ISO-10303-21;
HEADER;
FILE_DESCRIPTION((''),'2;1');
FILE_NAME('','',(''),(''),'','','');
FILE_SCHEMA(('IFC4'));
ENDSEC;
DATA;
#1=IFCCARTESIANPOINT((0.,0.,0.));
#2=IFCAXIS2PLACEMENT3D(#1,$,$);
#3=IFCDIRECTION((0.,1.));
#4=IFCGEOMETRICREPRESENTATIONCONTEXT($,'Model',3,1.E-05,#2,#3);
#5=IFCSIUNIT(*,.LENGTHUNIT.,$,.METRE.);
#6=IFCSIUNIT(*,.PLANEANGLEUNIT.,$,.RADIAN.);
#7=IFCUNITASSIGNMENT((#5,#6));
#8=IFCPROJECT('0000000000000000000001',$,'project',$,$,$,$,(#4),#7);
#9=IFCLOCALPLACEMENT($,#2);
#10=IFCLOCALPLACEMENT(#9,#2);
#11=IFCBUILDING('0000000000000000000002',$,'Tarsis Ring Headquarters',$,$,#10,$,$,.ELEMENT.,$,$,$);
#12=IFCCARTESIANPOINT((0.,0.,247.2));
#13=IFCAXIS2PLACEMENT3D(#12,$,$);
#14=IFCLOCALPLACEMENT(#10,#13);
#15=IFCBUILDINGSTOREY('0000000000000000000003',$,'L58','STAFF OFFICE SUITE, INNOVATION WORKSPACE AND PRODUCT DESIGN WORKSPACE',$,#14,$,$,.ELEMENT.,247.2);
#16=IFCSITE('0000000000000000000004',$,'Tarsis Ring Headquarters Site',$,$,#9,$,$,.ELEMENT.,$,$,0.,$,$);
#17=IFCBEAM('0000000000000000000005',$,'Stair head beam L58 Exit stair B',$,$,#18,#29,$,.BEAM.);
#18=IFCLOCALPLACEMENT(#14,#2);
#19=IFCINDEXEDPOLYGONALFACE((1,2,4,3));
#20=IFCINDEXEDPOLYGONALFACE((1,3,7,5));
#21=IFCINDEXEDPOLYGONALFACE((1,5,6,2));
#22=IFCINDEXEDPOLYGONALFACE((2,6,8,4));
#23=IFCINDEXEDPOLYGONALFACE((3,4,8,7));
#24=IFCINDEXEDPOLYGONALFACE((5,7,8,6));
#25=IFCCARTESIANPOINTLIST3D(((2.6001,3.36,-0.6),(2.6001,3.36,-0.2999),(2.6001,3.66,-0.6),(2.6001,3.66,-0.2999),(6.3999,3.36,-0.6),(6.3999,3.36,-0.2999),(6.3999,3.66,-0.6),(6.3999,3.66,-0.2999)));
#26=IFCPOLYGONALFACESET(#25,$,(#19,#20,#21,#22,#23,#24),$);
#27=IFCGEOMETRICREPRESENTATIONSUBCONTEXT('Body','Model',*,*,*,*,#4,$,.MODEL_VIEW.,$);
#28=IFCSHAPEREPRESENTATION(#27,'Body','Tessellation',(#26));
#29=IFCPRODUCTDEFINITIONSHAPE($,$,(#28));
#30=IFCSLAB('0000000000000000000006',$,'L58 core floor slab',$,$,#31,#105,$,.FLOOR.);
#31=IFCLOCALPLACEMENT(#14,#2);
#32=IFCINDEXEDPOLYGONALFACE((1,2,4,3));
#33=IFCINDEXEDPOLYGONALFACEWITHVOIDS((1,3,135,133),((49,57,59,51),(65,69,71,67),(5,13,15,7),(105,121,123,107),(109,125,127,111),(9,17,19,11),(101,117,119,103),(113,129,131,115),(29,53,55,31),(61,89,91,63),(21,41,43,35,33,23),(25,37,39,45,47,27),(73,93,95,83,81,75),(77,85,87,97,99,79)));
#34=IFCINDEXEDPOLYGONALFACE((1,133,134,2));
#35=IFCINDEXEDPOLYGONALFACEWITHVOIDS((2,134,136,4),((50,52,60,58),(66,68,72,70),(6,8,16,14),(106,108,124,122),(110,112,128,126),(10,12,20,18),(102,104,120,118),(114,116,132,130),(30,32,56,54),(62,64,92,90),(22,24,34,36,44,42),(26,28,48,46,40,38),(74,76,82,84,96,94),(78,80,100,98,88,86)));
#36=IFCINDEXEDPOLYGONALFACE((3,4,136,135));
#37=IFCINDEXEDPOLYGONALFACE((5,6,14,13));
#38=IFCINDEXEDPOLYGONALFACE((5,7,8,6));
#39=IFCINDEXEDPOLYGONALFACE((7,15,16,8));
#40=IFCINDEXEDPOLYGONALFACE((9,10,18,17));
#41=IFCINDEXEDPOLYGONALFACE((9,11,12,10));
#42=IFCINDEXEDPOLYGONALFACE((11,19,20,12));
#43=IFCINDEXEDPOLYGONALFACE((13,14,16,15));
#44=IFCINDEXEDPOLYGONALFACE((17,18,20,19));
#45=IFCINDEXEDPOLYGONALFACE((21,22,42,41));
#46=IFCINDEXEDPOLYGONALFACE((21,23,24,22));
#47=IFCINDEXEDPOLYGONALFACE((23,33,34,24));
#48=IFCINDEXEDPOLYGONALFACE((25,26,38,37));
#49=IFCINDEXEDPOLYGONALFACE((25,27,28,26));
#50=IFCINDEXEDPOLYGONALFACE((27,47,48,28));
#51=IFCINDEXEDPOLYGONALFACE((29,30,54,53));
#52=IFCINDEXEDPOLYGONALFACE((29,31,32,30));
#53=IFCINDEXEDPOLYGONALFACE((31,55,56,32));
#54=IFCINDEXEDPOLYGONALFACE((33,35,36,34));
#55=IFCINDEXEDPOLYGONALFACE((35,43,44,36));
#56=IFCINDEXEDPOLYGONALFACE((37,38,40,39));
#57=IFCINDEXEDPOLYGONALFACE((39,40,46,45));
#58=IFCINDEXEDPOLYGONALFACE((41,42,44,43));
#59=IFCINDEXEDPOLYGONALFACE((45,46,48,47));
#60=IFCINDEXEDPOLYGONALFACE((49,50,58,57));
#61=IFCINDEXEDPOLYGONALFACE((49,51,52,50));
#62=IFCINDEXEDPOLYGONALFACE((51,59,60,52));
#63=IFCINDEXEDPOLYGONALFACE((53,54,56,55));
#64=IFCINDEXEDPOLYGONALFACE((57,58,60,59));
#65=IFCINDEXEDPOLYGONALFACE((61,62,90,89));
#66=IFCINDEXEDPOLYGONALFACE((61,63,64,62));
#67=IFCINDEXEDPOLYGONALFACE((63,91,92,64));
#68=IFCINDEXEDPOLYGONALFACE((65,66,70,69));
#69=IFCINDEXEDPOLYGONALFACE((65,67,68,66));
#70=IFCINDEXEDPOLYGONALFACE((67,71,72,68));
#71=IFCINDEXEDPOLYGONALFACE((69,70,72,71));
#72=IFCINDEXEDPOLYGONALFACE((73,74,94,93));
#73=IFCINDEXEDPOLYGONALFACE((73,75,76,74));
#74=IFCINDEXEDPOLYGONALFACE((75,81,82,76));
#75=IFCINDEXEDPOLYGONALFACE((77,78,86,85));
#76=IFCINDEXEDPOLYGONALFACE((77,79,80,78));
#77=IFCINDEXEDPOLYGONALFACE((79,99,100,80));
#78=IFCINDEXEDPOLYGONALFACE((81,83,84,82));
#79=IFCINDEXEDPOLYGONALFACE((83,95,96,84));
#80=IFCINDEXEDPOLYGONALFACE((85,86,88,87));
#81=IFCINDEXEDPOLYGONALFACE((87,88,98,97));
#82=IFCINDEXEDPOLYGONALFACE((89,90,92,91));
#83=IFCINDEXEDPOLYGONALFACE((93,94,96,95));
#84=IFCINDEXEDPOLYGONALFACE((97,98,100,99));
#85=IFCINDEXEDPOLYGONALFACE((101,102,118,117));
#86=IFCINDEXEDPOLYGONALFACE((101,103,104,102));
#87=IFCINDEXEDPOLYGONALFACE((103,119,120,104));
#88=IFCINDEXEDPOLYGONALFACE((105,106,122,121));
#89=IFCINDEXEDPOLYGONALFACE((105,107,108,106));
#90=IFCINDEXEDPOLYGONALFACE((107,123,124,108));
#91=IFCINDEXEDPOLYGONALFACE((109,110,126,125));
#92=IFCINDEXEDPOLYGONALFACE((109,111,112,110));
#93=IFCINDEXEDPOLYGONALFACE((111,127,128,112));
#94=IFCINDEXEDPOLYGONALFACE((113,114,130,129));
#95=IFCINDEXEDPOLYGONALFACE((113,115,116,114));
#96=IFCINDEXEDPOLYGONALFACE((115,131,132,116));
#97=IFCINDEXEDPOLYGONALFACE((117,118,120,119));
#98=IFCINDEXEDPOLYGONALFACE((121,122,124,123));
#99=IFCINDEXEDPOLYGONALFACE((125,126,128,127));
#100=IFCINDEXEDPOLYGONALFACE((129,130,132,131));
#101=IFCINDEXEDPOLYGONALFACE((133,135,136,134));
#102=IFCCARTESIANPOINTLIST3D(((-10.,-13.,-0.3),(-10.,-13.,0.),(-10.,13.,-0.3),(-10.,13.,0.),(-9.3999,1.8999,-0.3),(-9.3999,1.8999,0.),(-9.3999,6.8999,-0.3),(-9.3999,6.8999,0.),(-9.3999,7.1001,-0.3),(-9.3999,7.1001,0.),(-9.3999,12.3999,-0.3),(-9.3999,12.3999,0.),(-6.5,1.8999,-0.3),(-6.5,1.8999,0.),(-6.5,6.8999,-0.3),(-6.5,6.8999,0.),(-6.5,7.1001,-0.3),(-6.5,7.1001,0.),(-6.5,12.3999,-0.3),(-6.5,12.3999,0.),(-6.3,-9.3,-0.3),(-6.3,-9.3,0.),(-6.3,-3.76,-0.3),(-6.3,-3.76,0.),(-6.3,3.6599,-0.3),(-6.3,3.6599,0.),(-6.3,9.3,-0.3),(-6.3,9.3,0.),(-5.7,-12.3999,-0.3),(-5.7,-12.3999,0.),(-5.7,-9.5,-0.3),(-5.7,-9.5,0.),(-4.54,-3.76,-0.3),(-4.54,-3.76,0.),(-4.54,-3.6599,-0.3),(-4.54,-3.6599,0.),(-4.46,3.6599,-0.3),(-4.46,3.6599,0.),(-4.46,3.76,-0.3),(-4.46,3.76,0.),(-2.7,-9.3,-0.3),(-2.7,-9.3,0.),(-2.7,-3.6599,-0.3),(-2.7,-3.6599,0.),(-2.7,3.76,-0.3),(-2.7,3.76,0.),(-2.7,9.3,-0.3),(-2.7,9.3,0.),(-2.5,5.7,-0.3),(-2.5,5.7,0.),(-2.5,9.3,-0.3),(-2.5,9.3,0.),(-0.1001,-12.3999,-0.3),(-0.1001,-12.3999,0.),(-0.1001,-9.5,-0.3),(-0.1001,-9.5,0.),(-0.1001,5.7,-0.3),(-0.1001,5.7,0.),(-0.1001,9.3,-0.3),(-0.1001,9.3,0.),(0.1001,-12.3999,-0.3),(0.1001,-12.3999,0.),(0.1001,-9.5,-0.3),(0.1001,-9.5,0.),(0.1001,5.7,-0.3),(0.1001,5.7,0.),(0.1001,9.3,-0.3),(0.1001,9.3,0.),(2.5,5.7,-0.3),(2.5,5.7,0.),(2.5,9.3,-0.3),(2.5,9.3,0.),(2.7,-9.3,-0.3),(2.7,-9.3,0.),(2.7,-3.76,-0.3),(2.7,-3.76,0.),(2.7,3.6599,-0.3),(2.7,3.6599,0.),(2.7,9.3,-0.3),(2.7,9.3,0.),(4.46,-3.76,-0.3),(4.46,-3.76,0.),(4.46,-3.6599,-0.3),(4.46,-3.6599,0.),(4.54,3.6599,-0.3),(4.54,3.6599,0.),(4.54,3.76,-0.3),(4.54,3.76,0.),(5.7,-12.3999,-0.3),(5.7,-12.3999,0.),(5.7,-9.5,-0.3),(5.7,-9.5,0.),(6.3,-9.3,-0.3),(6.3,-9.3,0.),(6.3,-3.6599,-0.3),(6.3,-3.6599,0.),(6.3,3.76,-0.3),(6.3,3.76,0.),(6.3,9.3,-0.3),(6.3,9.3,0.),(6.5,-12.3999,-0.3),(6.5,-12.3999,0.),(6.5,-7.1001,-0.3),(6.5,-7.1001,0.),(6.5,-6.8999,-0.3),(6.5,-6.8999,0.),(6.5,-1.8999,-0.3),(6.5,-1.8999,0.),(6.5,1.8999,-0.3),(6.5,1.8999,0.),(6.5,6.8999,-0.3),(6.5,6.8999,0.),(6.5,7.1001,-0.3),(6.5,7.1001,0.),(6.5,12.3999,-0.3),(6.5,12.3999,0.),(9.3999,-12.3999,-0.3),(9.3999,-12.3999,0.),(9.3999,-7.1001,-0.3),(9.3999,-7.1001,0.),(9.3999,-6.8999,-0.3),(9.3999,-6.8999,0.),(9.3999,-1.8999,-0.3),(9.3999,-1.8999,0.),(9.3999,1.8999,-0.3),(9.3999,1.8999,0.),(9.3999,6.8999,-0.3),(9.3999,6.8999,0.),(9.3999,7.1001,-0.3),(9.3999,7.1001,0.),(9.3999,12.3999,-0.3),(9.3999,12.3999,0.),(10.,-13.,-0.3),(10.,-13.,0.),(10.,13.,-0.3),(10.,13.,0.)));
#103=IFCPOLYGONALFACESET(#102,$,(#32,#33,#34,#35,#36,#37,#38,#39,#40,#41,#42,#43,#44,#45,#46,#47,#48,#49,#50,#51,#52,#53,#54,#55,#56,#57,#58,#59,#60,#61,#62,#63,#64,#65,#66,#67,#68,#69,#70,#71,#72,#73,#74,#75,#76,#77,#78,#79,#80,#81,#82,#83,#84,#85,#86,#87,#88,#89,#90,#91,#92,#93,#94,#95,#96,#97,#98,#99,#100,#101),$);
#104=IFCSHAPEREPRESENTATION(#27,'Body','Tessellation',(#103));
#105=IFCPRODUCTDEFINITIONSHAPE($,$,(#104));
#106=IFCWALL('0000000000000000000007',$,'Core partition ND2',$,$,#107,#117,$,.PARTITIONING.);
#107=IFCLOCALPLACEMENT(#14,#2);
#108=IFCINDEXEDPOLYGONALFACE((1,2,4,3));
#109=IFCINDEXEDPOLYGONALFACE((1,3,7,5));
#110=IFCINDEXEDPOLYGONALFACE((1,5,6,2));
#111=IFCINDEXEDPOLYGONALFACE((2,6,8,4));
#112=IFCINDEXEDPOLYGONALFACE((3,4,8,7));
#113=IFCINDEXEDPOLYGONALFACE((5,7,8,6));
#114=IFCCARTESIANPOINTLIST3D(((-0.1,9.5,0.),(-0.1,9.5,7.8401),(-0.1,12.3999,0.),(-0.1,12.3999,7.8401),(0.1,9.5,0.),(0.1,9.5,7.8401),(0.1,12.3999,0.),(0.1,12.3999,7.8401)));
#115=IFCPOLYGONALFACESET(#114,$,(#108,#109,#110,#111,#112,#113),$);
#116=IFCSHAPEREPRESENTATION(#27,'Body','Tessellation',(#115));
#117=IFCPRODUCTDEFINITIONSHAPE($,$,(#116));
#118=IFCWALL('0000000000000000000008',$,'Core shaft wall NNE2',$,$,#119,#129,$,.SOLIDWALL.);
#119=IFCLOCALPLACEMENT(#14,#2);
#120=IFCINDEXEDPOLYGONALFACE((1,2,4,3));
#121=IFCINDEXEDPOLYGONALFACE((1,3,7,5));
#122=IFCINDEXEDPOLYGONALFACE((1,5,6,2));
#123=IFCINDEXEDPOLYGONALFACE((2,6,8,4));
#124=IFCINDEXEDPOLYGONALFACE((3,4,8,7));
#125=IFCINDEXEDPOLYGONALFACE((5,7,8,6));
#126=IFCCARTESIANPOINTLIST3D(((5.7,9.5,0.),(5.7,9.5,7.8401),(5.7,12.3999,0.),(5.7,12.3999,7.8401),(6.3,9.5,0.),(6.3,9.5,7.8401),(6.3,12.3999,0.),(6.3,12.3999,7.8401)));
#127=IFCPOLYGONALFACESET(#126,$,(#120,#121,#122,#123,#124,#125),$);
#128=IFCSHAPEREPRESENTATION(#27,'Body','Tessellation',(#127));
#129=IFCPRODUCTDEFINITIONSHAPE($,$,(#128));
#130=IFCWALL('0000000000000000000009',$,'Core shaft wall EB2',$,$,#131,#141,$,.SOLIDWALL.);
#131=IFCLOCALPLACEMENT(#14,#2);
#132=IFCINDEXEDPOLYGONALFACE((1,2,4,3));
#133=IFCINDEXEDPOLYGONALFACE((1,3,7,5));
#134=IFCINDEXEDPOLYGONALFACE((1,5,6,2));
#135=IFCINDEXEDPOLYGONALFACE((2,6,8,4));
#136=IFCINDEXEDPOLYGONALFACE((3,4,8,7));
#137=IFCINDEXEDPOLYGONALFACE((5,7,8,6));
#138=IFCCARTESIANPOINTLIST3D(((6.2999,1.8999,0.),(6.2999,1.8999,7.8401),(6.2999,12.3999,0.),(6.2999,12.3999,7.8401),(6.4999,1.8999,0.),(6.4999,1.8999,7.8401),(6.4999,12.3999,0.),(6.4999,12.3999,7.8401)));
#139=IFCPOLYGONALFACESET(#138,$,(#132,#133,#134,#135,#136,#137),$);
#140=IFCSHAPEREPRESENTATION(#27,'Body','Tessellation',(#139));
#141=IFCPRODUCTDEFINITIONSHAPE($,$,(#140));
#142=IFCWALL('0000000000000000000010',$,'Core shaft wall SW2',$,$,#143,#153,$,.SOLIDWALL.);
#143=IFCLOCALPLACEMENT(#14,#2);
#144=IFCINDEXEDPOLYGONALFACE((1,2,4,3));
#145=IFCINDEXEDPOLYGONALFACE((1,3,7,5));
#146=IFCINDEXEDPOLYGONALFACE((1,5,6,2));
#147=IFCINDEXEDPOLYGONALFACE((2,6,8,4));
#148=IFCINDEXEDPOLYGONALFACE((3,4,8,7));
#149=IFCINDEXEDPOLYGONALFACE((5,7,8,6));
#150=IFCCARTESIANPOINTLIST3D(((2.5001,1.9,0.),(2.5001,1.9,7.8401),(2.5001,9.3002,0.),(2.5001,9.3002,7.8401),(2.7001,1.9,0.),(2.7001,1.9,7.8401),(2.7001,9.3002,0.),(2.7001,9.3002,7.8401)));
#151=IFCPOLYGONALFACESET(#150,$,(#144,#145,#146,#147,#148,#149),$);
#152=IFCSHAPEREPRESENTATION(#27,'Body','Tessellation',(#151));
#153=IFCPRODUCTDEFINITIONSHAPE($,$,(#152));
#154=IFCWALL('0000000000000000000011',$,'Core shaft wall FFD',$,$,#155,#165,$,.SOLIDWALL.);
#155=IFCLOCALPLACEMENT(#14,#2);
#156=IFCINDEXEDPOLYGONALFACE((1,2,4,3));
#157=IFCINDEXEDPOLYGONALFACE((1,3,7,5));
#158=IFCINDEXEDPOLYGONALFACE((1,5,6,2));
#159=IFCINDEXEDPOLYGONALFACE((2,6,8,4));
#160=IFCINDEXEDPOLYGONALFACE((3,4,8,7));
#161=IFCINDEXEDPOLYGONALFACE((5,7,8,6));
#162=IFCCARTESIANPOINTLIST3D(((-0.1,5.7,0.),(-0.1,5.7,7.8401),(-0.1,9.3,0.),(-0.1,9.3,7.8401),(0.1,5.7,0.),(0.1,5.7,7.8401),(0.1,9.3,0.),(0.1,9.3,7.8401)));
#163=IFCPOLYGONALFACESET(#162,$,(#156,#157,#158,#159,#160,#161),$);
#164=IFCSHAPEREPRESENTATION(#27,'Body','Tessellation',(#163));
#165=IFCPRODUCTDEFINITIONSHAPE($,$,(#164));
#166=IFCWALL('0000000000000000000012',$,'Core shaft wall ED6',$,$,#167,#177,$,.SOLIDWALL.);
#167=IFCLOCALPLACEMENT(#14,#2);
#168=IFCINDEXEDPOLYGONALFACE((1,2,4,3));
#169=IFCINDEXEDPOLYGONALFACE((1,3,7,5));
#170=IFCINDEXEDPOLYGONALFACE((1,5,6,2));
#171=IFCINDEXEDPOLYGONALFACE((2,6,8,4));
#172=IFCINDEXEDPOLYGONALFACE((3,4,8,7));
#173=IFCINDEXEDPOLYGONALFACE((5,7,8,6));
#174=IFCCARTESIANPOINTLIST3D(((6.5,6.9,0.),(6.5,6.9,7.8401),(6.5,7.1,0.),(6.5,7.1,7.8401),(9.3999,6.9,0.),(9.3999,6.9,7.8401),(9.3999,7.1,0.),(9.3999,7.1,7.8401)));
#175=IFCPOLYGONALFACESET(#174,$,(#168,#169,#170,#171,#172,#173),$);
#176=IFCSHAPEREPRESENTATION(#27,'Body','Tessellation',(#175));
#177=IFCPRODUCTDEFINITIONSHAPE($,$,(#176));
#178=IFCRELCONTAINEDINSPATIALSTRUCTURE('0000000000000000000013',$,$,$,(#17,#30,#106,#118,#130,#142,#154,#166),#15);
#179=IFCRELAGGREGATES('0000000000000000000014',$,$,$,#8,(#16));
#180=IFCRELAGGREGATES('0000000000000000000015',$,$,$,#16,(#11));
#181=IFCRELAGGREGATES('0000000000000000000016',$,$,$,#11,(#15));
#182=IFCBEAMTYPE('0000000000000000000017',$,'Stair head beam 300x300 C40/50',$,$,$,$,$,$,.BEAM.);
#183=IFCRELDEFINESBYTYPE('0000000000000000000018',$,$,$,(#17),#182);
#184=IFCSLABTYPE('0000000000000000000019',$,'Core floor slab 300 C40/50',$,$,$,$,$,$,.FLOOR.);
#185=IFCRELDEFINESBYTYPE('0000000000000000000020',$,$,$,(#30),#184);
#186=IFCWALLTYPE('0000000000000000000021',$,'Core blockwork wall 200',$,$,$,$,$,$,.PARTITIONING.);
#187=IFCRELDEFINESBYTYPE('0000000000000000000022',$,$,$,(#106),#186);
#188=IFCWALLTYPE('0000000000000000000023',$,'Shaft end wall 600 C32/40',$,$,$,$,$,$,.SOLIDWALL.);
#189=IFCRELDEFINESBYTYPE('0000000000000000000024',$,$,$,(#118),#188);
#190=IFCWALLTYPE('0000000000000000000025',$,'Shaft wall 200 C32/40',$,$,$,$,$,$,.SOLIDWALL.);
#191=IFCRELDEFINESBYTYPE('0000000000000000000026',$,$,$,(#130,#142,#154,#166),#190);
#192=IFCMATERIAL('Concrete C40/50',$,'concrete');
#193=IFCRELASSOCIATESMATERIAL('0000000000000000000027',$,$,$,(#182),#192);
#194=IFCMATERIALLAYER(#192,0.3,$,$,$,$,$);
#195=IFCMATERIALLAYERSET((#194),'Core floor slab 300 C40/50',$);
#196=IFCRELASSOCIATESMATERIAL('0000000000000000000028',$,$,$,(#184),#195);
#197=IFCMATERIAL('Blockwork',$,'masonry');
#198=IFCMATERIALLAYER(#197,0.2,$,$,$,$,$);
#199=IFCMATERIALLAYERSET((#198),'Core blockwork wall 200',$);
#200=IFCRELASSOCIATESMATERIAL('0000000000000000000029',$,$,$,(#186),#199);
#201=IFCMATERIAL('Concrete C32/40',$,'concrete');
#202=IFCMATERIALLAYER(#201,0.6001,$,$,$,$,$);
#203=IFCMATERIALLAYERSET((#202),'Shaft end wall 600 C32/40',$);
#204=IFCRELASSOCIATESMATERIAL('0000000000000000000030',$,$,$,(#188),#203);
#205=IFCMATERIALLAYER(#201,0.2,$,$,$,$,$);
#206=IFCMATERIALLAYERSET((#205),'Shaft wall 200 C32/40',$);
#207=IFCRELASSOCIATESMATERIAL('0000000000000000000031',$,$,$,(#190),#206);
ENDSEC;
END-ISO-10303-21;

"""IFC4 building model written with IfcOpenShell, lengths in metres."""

from ifc_helpers import new_model, si_unit, direction, frame, frame_2d, origin, origin_2d, place, context, subcontext, project, spatial, polyline, rectangle, outline, extrude, material, layer, layer_set, material_profile, profile_set, type_object, element, save


model = new_model("IFC4")

# Units and contexts
model_context = context("Model", 3, precision=1e-05, world=origin(), true_north=direction((0.0, 1.0)))
body_context = subcontext(model_context, "Body", "Model", "MODEL_VIEW")
ifc_project = project(units=[si_unit("LENGTHUNIT", "METRE"), si_unit("PLANEANGLEUNIT", "RADIAN")], contexts=[model_context])

# Site, building, storey
site_placement = place(None, origin())
site = spatial("IfcSite", under=ifc_project, at=site_placement, Name="Tarsis Ring Headquarters Site", CompositionType="ELEMENT", RefElevation=0.0)
building_placement = place(site_placement, origin())
building = spatial("IfcBuilding", under=site, at=building_placement, Name="Tarsis Ring Headquarters", CompositionType="ELEMENT")
storey_placement = place(building_placement, frame((0.0, 0.0, 247.2)))
storey = spatial("IfcBuildingStorey", under=building, at=storey_placement, Name="L58", Description="STAFF OFFICE SUITE, INNOVATION WORKSPACE AND PRODUCT DESIGN WORKSPACE", CompositionType="ELEMENT", Elevation=247.2)

# Beam
ifc_material_1 = material(Name="Concrete C40/50", Category="concrete")
ifc_material_profile = material_profile(ifc_material_1, rectangle(XDim=0.3, YDim=0.3, at=origin_2d()), Name="Stair head beam 300x300 C40/50")
ifc_profile_set = profile_set([ifc_material_profile], Name="Concrete C40/50")
beam_type = type_object("IfcBeamType", Name="Stair head beam 300x300 C40/50", PredefinedType="BEAM", material=ifc_profile_set)
beam_placement = place(storey_placement, frame((2.6001, 3.51, -0.45), z_axis=(1.0, 0.0, 0.0), x_axis=(0.0, 1.0, 0.0)))
element("IfcBeam", 1, at=beam_placement, inside=storey, type_object=beam_type, Name="Stair head beam L58 Exit stair B", PredefinedType="BEAM", context=body_context, shape_type="SweptSolid", body=[
    extrude(rectangle(XDim=0.3, YDim=0.3, at=origin_2d()), origin(), (0.0, 0.0, 1.0), 3.7998),
])

# Slab
ifc_layer_1 = layer(ifc_material_1, 0.3)
ifc_layer_set_1 = layer_set([ifc_layer_1], Name="Core floor slab 300 C40/50")
slab_type = type_object("IfcSlabType", Name="Core floor slab 300 C40/50", PredefinedType="FLOOR", material=ifc_layer_set_1)
slab_placement = place(storey_placement, frame((0.0, 0.0, -0.3)))
element("IfcSlab", 2, at=slab_placement, inside=storey, type_object=slab_type, Name="L58 core floor slab", PredefinedType="FLOOR", context=body_context, shape_type="SweptSolid", body=[
    extrude(outline(polyline([(-10.0, -13.0), (10.0, -13.0), (10.0, 13.0), (-10.0, 13.0), (-10.0, -13.0)]), holes=[polyline([(-2.5, 5.7), (-0.1001, 5.7), (-0.1001, 9.3), (-2.5, 9.3), (-2.5, 5.7)]), polyline([(0.1001, 5.7), (2.5, 5.7), (2.5, 9.3), (0.1001, 9.3), (0.1001, 5.7)]), polyline([(-9.3999, 1.8999), (-6.5, 1.8999), (-6.5, 6.8999), (-9.3999, 6.8999), (-9.3999, 1.8999)]), polyline([(-9.3999, 7.1001), (-6.5, 7.1001), (-6.5, 12.3999), (-9.3999, 12.3999), (-9.3999, 7.1001)]), polyline([(6.5, -12.3999), (9.3999, -12.3999), (9.3999, -7.1001), (6.5, -7.1001), (6.5, -12.3999)]), polyline([(6.5, -6.8999), (9.3999, -6.8999), (9.3999, -1.8999), (6.5, -1.8999), (6.5, -6.8999)]), polyline([(6.5, 1.8999), (9.3999, 1.8999), (9.3999, 6.8999), (6.5, 6.8999), (6.5, 1.8999)]), polyline([(6.5, 7.1001), (9.3999, 7.1001), (9.3999, 12.3999), (6.5, 12.3999), (6.5, 7.1001)]), polyline([(-5.7, -12.3999), (-0.1001, -12.3999), (-0.1001, -9.5), (-5.7, -9.5), (-5.7, -12.3999)]), polyline([(0.1001, -12.3999), (5.7, -12.3999), (5.7, -9.5), (0.1001, -9.5), (0.1001, -12.3999)]), polyline([(-2.7, 3.76), (-2.7, 9.3), (-6.3, 9.3), (-6.3, 3.6599), (-4.46, 3.6599), (-4.46, 3.76), (-2.7, 3.76)]), polyline([(6.3, 3.76), (6.3, 9.3), (2.7, 9.3), (2.7, 3.6599), (4.54, 3.6599), (4.54, 3.76), (6.3, 3.76)]), polyline([(-6.3, -3.76), (-6.3, -9.3), (-2.7, -9.3), (-2.7, -3.6599), (-4.54, -3.6599), (-4.54, -3.76), (-6.3, -3.76)]), polyline([(2.7, -3.76), (2.7, -9.3), (6.3, -9.3), (6.3, -3.6599), (4.46, -3.6599), (4.46, -3.76), (2.7, -3.76)])]), origin(), (0.0, 0.0, 1.0), 0.3),
])

# Walls
ifc_material_2 = material(Name="Blockwork", Category="masonry")
ifc_layer_2 = layer(ifc_material_2, 0.2)
ifc_layer_set_2 = layer_set([ifc_layer_2], Name="Core blockwork wall 200")
wall_type_1 = type_object("IfcWallType", Name="Core blockwork wall 200", PredefinedType="PARTITIONING", material=ifc_layer_set_2)
wall_1_placement = place(storey_placement, frame((0.0, 9.5, 0.0), z_axis=(0.0, 0.0, 1.0), x_axis=(0.0, 1.0, 0.0)))
element("IfcWall", 3, at=wall_1_placement, inside=storey, type_object=wall_type_1, Name="Core partition ND2", PredefinedType="PARTITIONING", context=body_context, shape_type="SweptSolid", body=[
    extrude(rectangle(XDim=2.8999, YDim=0.2, at=frame_2d((1.45, 0.0))), origin(), (0.0, 0.0, 1.0), 7.8401),
])
ifc_material_3 = material(Name="Concrete C32/40", Category="concrete")
ifc_layer_3 = layer(ifc_material_3, 0.6001)
ifc_layer_set_3 = layer_set([ifc_layer_3], Name="Shaft end wall 600 C32/40")
wall_type_2 = type_object("IfcWallType", Name="Shaft end wall 600 C32/40", PredefinedType="SOLIDWALL", material=ifc_layer_set_3)
wall_2_placement = place(storey_placement, frame((6.0, 9.5, 0.0), z_axis=(0.0, 0.0, 1.0), x_axis=(0.0, 1.0, 0.0)))
element("IfcWall", 4, at=wall_2_placement, inside=storey, type_object=wall_type_2, Name="Core shaft wall NNE2", PredefinedType="SOLIDWALL", context=body_context, shape_type="SweptSolid", body=[
    extrude(rectangle(XDim=2.8999, YDim=0.6001, at=frame_2d((1.45, 0.0))), origin(), (0.0, 0.0, 1.0), 7.8401),
])
ifc_layer_4 = layer(ifc_material_3, 0.2)
ifc_layer_set_4 = layer_set([ifc_layer_4], Name="Shaft wall 200 C32/40")
wall_type_3 = type_object("IfcWallType", Name="Shaft wall 200 C32/40", PredefinedType="SOLIDWALL", material=ifc_layer_set_4)
wall_3_placement = place(storey_placement, frame((6.3999, 1.8999, 0.0), z_axis=(0.0, 0.0, 1.0), x_axis=(0.0, 1.0, 0.0)))
element("IfcWall", 5, at=wall_3_placement, inside=storey, type_object=wall_type_3, Name="Core shaft wall EB2", PredefinedType="SOLIDWALL", context=body_context, shape_type="SweptSolid", body=[
    extrude(rectangle(XDim=10.5, YDim=0.2, at=frame_2d((5.25, 0.0))), origin(), (0.0, 0.0, 1.0), 7.8401),
])
wall_4_placement = place(storey_placement, frame((2.6001, 1.8999, 0.0), z_axis=(0.0, 0.0, 1.0), x_axis=(0.0, 1.0, 0.0)))
element("IfcWall", 6, at=wall_4_placement, inside=storey, type_object=wall_type_3, Name="Core shaft wall SW2", PredefinedType="SOLIDWALL", context=body_context, shape_type="SweptSolid", body=[
    extrude(rectangle(XDim=7.4001, YDim=0.2, at=frame_2d((3.7002, 0.0))), origin(), (0.0, 0.0, 1.0), 7.8401),
])
wall_5_placement = place(storey_placement, frame((0.0, 5.7, 0.0), z_axis=(0.0, 0.0, 1.0), x_axis=(0.0, 1.0, 0.0)))
element("IfcWall", 7, at=wall_5_placement, inside=storey, type_object=wall_type_3, Name="Core shaft wall FFD", PredefinedType="SOLIDWALL", context=body_context, shape_type="SweptSolid", body=[
    extrude(rectangle(XDim=3.6001, YDim=0.2, at=frame_2d((1.8, 0.0))), origin(), (0.0, 0.0, 1.0), 7.8401),
])
wall_6_placement = place(storey_placement, frame((6.5, 7.0, 0.0), z_axis=(0.0, 0.0, 1.0), x_axis=(1.0, 0.0, 0.0)))
element("IfcWall", 8, at=wall_6_placement, inside=storey, type_object=wall_type_3, Name="Core shaft wall ED6", PredefinedType="SOLIDWALL", context=body_context, shape_type="SweptSolid", body=[
    extrude(rectangle(XDim=2.8999, YDim=0.2, at=frame_2d((1.45, 0.0))), origin(), (0.0, 0.0, 1.0), 7.8401),
])

save(model, "model.ifc")
